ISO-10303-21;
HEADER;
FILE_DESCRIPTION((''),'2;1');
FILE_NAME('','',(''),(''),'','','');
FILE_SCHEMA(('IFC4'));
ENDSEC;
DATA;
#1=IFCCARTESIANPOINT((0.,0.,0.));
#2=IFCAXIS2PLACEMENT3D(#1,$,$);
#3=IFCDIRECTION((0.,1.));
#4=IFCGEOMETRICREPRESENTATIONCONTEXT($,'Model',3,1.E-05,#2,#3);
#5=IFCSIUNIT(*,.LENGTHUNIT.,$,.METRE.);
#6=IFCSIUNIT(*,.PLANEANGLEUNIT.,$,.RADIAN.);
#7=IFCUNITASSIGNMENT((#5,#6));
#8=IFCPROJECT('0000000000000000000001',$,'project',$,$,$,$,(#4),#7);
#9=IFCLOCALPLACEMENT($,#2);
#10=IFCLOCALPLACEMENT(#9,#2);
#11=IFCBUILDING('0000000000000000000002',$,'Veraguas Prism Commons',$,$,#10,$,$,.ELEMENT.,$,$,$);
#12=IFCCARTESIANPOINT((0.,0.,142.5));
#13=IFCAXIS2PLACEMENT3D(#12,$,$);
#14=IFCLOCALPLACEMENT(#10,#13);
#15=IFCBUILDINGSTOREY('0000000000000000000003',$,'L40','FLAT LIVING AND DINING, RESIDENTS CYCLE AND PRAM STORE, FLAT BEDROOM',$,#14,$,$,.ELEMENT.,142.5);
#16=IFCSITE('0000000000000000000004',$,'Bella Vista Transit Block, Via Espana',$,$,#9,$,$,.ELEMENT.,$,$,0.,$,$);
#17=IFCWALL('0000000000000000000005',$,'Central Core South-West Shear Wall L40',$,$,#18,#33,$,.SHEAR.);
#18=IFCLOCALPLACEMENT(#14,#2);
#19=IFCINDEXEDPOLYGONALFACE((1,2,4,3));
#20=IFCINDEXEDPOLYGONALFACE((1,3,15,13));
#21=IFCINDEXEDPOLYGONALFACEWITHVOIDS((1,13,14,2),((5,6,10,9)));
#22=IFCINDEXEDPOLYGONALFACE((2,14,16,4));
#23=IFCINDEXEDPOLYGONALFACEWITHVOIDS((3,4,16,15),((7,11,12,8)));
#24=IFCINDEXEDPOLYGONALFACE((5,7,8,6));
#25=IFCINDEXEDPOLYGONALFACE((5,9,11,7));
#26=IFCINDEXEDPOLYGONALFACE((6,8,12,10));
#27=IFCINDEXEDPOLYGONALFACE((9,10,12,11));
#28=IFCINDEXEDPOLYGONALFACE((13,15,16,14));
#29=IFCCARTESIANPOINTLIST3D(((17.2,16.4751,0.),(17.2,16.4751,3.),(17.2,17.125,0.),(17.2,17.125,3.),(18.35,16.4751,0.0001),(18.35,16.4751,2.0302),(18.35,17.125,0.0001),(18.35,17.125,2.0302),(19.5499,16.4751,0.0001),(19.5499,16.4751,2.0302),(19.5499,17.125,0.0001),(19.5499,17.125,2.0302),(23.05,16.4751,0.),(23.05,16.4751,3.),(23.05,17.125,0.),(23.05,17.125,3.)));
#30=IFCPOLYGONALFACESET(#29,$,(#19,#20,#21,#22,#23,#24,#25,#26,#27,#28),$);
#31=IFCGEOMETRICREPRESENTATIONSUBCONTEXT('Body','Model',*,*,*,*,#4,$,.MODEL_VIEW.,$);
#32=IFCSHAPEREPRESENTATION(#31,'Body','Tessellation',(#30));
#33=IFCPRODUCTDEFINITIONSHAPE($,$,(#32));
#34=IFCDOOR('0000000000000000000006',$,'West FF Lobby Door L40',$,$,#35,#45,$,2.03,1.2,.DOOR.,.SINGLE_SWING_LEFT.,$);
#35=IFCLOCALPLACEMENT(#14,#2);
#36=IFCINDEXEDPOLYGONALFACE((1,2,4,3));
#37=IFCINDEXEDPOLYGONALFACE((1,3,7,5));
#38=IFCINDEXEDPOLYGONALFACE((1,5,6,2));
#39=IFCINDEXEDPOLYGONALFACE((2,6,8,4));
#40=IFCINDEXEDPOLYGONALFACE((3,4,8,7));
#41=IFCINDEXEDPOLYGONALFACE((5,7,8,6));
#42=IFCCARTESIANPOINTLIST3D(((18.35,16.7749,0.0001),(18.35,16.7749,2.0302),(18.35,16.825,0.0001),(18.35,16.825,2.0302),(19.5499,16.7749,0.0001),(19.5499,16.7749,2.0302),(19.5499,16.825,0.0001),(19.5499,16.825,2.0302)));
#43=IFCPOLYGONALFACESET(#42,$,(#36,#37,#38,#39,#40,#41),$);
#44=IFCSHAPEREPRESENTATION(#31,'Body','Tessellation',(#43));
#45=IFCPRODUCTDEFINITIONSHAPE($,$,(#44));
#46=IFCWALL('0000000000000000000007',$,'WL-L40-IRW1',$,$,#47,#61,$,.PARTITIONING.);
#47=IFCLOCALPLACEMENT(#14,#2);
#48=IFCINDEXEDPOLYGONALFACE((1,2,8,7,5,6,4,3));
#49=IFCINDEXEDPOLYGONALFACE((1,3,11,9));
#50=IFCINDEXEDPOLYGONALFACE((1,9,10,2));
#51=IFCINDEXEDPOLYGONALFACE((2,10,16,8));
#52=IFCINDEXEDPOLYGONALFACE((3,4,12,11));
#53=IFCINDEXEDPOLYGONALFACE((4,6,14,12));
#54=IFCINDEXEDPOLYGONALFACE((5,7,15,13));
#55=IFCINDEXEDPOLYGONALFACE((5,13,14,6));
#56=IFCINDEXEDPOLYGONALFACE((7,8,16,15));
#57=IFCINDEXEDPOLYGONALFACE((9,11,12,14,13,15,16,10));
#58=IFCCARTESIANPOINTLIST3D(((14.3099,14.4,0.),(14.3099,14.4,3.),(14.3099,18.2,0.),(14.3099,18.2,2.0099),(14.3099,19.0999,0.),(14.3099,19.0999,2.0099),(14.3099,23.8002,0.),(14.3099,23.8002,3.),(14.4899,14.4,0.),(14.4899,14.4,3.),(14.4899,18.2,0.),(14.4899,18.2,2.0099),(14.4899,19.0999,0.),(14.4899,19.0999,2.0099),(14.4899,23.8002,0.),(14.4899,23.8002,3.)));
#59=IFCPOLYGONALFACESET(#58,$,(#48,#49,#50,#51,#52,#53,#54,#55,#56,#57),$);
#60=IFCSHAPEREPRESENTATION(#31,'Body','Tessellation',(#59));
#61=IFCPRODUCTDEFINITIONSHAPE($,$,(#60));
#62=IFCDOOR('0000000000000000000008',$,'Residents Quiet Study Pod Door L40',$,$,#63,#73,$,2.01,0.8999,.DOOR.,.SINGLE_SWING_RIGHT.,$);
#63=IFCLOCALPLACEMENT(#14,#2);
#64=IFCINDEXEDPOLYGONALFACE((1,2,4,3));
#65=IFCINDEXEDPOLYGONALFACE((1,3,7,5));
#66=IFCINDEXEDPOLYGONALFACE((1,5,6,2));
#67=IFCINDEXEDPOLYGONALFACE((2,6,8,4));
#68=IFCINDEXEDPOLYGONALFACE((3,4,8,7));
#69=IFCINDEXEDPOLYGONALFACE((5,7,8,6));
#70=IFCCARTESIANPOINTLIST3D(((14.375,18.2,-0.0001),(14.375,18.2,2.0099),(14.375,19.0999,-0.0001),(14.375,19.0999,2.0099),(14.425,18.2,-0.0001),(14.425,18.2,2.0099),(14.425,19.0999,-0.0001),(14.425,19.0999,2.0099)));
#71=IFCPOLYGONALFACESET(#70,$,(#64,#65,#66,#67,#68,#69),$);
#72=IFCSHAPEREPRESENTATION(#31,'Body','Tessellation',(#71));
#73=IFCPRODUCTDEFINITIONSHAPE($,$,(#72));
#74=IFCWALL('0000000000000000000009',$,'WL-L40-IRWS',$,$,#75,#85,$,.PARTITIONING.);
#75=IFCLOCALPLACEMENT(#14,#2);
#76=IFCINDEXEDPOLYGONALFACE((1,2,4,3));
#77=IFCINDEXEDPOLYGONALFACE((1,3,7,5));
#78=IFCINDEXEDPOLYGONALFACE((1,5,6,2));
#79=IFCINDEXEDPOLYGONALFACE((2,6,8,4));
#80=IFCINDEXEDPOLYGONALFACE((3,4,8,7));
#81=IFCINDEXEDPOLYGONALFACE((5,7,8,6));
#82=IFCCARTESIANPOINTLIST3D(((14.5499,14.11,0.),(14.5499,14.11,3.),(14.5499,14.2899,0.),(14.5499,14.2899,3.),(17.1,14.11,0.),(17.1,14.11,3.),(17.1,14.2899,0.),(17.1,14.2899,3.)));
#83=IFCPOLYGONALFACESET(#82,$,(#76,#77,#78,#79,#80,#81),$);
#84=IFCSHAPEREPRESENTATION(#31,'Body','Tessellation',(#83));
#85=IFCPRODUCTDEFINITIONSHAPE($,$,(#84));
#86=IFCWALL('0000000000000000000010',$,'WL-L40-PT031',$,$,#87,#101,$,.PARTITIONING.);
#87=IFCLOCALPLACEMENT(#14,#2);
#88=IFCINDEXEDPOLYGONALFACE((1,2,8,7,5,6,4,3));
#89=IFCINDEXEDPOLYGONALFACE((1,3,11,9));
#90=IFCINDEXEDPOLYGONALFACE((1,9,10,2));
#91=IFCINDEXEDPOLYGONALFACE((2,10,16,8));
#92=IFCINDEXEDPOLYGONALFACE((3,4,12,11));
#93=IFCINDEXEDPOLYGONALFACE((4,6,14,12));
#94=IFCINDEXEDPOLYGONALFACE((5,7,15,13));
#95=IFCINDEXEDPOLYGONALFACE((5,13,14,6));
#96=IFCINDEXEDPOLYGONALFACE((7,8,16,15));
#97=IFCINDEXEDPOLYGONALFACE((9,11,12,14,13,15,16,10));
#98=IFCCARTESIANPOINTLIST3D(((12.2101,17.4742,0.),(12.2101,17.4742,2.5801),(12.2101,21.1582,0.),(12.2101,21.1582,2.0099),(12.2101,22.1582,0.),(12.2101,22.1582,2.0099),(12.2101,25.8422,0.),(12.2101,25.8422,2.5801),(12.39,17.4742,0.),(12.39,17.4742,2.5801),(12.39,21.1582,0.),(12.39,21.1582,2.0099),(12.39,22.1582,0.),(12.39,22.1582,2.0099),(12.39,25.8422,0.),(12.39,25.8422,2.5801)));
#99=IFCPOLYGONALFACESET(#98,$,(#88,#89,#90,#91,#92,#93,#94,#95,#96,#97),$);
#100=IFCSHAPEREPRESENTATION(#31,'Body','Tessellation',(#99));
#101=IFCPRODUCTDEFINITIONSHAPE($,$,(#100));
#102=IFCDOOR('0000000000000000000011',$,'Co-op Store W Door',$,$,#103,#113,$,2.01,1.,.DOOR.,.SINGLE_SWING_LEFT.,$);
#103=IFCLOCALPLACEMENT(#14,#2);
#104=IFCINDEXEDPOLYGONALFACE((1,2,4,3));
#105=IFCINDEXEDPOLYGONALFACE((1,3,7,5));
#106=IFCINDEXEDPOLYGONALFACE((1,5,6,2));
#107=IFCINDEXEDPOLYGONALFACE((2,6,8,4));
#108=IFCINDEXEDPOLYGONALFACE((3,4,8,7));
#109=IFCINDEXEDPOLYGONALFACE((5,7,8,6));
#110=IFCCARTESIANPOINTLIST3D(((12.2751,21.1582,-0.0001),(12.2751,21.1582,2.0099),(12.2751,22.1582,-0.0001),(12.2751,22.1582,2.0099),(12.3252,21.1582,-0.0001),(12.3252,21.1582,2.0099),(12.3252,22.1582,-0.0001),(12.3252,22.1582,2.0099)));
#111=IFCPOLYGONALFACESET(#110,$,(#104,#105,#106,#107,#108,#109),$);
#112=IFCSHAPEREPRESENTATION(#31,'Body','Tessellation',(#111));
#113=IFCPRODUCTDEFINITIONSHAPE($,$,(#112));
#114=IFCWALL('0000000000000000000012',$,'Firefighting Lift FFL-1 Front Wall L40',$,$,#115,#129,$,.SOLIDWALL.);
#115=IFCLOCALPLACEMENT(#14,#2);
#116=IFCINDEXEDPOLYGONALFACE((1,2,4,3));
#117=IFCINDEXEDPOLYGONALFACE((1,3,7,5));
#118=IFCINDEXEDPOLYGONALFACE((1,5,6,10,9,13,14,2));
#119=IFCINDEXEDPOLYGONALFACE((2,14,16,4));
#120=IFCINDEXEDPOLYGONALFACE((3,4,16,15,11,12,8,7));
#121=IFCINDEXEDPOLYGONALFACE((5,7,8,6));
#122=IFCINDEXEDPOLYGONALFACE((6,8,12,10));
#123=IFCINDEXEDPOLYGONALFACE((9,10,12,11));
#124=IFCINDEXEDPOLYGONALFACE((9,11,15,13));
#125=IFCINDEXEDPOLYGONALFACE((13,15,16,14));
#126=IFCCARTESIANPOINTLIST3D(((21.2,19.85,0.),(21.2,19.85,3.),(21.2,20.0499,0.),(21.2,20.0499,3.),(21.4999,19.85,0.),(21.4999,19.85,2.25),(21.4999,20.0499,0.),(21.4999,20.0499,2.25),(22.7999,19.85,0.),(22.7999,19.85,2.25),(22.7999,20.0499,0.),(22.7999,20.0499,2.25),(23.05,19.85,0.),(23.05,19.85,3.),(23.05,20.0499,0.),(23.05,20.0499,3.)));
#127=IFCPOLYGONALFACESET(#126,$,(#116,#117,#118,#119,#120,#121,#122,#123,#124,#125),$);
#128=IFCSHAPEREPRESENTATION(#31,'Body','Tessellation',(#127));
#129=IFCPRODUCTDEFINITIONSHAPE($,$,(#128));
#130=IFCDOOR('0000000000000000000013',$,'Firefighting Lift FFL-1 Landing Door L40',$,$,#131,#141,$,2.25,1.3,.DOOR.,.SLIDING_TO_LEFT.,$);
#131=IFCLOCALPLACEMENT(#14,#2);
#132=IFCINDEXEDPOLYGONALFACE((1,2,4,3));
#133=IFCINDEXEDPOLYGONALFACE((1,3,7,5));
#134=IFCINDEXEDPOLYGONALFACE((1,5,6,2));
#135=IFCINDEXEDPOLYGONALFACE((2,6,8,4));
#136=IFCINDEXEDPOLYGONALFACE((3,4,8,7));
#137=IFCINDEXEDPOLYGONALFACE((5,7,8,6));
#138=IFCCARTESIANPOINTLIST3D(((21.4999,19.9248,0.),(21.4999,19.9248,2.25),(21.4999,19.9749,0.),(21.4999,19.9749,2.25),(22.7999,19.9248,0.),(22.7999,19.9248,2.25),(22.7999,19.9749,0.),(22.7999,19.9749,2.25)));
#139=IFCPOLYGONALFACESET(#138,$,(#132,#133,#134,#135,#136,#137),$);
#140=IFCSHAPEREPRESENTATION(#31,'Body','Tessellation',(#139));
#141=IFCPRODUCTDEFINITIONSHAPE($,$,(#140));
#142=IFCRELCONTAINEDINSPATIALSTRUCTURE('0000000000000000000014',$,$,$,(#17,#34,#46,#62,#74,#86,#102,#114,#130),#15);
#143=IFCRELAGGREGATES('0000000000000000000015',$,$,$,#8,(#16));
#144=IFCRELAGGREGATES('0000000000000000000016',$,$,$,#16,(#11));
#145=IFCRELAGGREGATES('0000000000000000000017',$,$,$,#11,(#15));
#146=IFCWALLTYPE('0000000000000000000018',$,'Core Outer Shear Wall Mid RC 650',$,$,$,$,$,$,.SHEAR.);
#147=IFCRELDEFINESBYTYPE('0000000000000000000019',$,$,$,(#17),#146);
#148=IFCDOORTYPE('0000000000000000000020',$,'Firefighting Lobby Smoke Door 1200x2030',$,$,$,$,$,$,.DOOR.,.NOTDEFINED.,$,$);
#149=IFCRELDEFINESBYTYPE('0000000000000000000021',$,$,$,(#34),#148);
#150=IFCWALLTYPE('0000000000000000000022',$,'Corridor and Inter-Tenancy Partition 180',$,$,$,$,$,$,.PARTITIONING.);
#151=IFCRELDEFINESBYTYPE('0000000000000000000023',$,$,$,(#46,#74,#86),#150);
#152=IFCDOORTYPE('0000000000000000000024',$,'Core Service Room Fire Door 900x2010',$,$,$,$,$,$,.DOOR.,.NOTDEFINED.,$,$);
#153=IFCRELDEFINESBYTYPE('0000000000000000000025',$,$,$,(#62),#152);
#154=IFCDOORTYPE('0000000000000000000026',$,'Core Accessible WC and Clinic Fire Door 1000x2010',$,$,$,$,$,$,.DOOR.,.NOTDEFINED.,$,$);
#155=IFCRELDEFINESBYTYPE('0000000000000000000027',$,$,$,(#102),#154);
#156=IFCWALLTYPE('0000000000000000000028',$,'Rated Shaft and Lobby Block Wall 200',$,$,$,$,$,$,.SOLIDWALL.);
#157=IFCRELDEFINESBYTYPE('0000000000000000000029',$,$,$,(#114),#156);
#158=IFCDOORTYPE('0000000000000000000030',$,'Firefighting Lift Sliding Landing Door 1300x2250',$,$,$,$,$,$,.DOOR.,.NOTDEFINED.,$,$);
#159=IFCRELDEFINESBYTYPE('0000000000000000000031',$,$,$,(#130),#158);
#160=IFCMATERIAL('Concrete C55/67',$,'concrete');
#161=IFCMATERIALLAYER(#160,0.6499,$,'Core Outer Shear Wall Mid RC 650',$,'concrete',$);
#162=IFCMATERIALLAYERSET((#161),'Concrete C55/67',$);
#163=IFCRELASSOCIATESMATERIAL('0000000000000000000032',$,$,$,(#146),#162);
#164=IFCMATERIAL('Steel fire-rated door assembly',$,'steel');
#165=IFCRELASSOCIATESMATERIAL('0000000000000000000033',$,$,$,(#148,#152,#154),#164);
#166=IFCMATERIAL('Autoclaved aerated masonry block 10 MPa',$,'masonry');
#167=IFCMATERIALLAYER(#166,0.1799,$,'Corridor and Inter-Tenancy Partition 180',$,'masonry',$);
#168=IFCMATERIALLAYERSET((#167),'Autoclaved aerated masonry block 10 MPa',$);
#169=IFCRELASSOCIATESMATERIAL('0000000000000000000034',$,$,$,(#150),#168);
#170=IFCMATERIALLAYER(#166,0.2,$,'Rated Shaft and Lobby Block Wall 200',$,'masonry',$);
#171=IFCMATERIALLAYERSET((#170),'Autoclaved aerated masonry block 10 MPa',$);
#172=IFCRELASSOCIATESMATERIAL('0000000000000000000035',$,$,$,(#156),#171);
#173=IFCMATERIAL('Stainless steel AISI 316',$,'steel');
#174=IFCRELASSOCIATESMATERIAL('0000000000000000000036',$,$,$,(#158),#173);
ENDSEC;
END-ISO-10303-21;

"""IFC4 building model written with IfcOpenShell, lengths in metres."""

from ifc_helpers import new_model, si_unit, direction, frame, frame_2d, origin, place, context, subcontext, project, spatial, rectangle, extrude, source, transform, mapped, material, layer, layer_set, type_object, element, fill, save


model = new_model("IFC4")

# Units and contexts
model_context = context("Model", 3, precision=1e-05, world=origin(), true_north=direction((0.0, 1.0)))
body_context = subcontext(model_context, "Body", "Model", "MODEL_VIEW")
ifc_project = project(units=[si_unit("LENGTHUNIT", "METRE"), si_unit("PLANEANGLEUNIT", "RADIAN")], contexts=[model_context])

# Site, building, storey
site_placement = place(None, origin())
site = spatial("IfcSite", under=ifc_project, at=site_placement, Name="Bella Vista Transit Block, Via Espana", CompositionType="ELEMENT", RefElevation=0.0)
building_placement = place(site_placement, origin())
building = spatial("IfcBuilding", under=site, at=building_placement, Name="Veraguas Prism Commons", CompositionType="ELEMENT")
storey_placement = place(building_placement, frame((0.0, 0.0, 142.5)))
storey = spatial("IfcBuildingStorey", under=building, at=storey_placement, Name="L40", Description="FLAT LIVING AND DINING, RESIDENTS CYCLE AND PRAM STORE, FLAT BEDROOM", CompositionType="ELEMENT", Elevation=142.5)

# Shared definitions
ifc_material_1 = material(Name="Steel fire-rated door assembly", Category="steel")

# Shared definitions
ifc_material_2 = material(Name="Concrete C55/67", Category="concrete")
ifc_layer_1 = layer(ifc_material_2, 0.6499, Name="Core Outer Shear Wall Mid RC 650", Category="concrete")
ifc_layer_set_1 = layer_set([ifc_layer_1], Name="Concrete C55/67")
wall_type_1 = type_object("IfcWallType", Name="Core Outer Shear Wall Mid RC 650", PredefinedType="SHEAR", material=ifc_layer_set_1)

# Walls, openings, doors
wall_1_placement = place(storey_placement, frame((17.2, 16.8, 0.0), z_axis=(0.0, 0.0, 1.0), x_axis=(1.0, 0.0, 0.0)))
wall_1 = element("IfcWall", 1, at=wall_1_placement, inside=storey, type_object=wall_type_1, Name="Central Core South-West Shear Wall L40", PredefinedType="SHEAR", context=body_context, shape_type="SweptSolid", body=[
    extrude(rectangle(XDim=5.8501, YDim=0.6499, at=frame_2d((2.925, 0.0))), origin(), (0.0, 0.0, 1.0), 3.0),
])
opening_1_placement = place(wall_1_placement, frame((1.1499, 0.0, 0.0)))
opening_1 = element("IfcOpeningElement", 2, at=opening_1_placement, cuts=wall_1, PredefinedType="OPENING", context=body_context, shape_type="SweptSolid", body=[
    extrude(rectangle(XDim=1.2, YDim=2.03, at=frame_2d((0.6001, 1.0151))), frame((0.0, 0.335, 0.0), z_axis=(0.0, -1.0, 0.0), x_axis=(1.0, 0.0, 0.0)), (0.0, 0.0, 1.0), 0.6699),
])
door_type_1 = type_object("IfcDoorType", Name="Firefighting Lobby Smoke Door 1200x2030", OperationType="NOTDEFINED", PredefinedType="DOOR", material=ifc_material_1)
shared_shape_1 = source(origin(), body_context, "Body", "SweptSolid", [
    extrude(rectangle(XDim=1.2, YDim=2.03, at=frame_2d((0.6001, 1.0151))), frame((0.0, 0.0249, 0.0), z_axis=(0.0, -1.0, 0.0), x_axis=(1.0, 0.0, 0.0)), (0.0, 0.0, 1.0), 0.05),
])
door_1_placement = place(opening_1_placement, origin())
door_1 = element("IfcDoor", 3, at=door_1_placement, inside=storey, type_object=door_type_1, Name="West FF Lobby Door L40", OperationType="SINGLE_SWING_LEFT", OverallHeight=2.03, OverallWidth=1.2, PredefinedType="DOOR", context=body_context, shape_type="MappedRepresentation", body=[
    mapped(shared_shape_1, transform((0.0, 0.0, 0.0), scale=1.0)),
])
fill(opening_1, door_1)
ifc_material_3 = material(Name="Autoclaved aerated masonry block 10 MPa", Category="masonry")
ifc_layer_2 = layer(ifc_material_3, 0.1799, Name="Corridor and Inter-Tenancy Partition 180", Category="masonry")
ifc_layer_set_2 = layer_set([ifc_layer_2], Name="Autoclaved aerated masonry block 10 MPa")
wall_type_2 = type_object("IfcWallType", Name="Corridor and Inter-Tenancy Partition 180", PredefinedType="PARTITIONING", material=ifc_layer_set_2)
wall_2_placement = place(storey_placement, frame((14.3999, 14.3999, 0.0), z_axis=(0.0, 0.0, 1.0), x_axis=(0.0, 1.0, 0.0)))
wall_2 = element("IfcWall", 4, at=wall_2_placement, inside=storey, type_object=wall_type_2, Name="WL-L40-IRW1", PredefinedType="PARTITIONING", context=body_context, shape_type="SweptSolid", body=[
    extrude(rectangle(XDim=9.4001, YDim=0.1799, at=frame_2d((4.7002, 0.0))), origin(), (0.0, 0.0, 1.0), 3.0),
])
opening_2_placement = place(wall_2_placement, frame((3.8, 0.0, 0.0)))
opening_2 = element("IfcOpeningElement", 5, at=opening_2_placement, cuts=wall_2, PredefinedType="OPENING", context=body_context, shape_type="SweptSolid", body=[
    extrude(rectangle(XDim=0.8999, YDim=2.01, at=frame_2d((0.45, 1.0049))), frame((0.0, 0.0999, 0.0), z_axis=(0.0, -1.0, 0.0), x_axis=(1.0, 0.0, 0.0)), (0.0, 0.0, 1.0), 0.2),
])
door_type_2 = type_object("IfcDoorType", Name="Core Service Room Fire Door 900x2010", OperationType="NOTDEFINED", PredefinedType="DOOR", material=ifc_material_1)
shared_shape_2 = source(origin(), body_context, "Body", "SweptSolid", [
    extrude(rectangle(XDim=0.8999, YDim=2.01, at=frame_2d((0.45, 1.0049))), frame((0.0, 0.0249, 0.0), z_axis=(0.0, -1.0, 0.0), x_axis=(1.0, 0.0, 0.0)), (0.0, 0.0, 1.0), 0.05),
])
door_2_placement = place(opening_2_placement, origin())
door_2 = element("IfcDoor", 6, at=door_2_placement, inside=storey, type_object=door_type_2, Name="Residents Quiet Study Pod Door L40", OperationType="SINGLE_SWING_RIGHT", OverallHeight=2.01, OverallWidth=0.8999, PredefinedType="DOOR", context=body_context, shape_type="MappedRepresentation", body=[
    mapped(shared_shape_2, transform((0.0, 0.0, 0.0), scale=1.0)),
])
fill(opening_2, door_2)

# Wall
wall_3_placement = place(storey_placement, frame((14.55, 14.2, 0.0), z_axis=(0.0, 0.0, 1.0), x_axis=(1.0, 0.0, 0.0)))
element("IfcWall", 7, at=wall_3_placement, inside=storey, type_object=wall_type_2, Name="WL-L40-IRWS", PredefinedType="PARTITIONING", context=body_context, shape_type="SweptSolid", body=[
    extrude(rectangle(XDim=2.55, YDim=0.1799, at=frame_2d((1.2749, 0.0))), origin(), (0.0, 0.0, 1.0), 3.0),
])

# Walls, openings, doors
wall_4_placement = place(storey_placement, frame((12.3, 17.4741, 0.0), z_axis=(0.0, 0.0, 1.0), x_axis=(0.0, 1.0, 0.0)))
wall_4 = element("IfcWall", 8, at=wall_4_placement, inside=storey, type_object=wall_type_2, Name="WL-L40-PT031", PredefinedType="PARTITIONING", context=body_context, shape_type="SweptSolid", body=[
    extrude(rectangle(XDim=8.3679, YDim=0.1799, at=frame_2d((4.1841, 0.0))), origin(), (0.0, 0.0, 1.0), 2.5801),
])
opening_3_placement = place(wall_4_placement, frame((3.6841, 0.0, 0.0)))
opening_3 = element("IfcOpeningElement", 9, at=opening_3_placement, cuts=wall_4, PredefinedType="OPENING", context=body_context, shape_type="SweptSolid", body=[
    extrude(rectangle(XDim=1.0, YDim=2.01, at=frame_2d((0.5, 1.0049))), frame((0.0, 0.0999, 0.0), z_axis=(0.0, -1.0, 0.0), x_axis=(1.0, 0.0, 0.0)), (0.0, 0.0, 1.0), 0.2),
])
door_type_3 = type_object("IfcDoorType", Name="Core Accessible WC and Clinic Fire Door 1000x2010", OperationType="NOTDEFINED", PredefinedType="DOOR", material=ifc_material_1)
shared_shape_3 = source(origin(), body_context, "Body", "SweptSolid", [
    extrude(rectangle(XDim=1.0, YDim=2.01, at=frame_2d((0.5, 1.0049))), frame((0.0, 0.0249, 0.0), z_axis=(0.0, -1.0, 0.0), x_axis=(1.0, 0.0, 0.0)), (0.0, 0.0, 1.0), 0.05),
])
door_3_placement = place(opening_3_placement, origin())
door_3 = element("IfcDoor", 10, at=door_3_placement, inside=storey, type_object=door_type_3, Name="Co-op Store W Door", OperationType="SINGLE_SWING_LEFT", OverallHeight=2.01, OverallWidth=1.0, PredefinedType="DOOR", context=body_context, shape_type="MappedRepresentation", body=[
    mapped(shared_shape_3, transform((0.0, 0.0, 0.0), scale=1.0)),
])
fill(opening_3, door_3)
ifc_layer_3 = layer(ifc_material_3, 0.2, Name="Rated Shaft and Lobby Block Wall 200", Category="masonry")
ifc_layer_set_3 = layer_set([ifc_layer_3], Name="Autoclaved aerated masonry block 10 MPa")
wall_type_3 = type_object("IfcWallType", Name="Rated Shaft and Lobby Block Wall 200", PredefinedType="SOLIDWALL", material=ifc_layer_set_3)
wall_5_placement = place(storey_placement, frame((21.2, 19.95, 0.0), z_axis=(0.0, 0.0, 1.0), x_axis=(1.0, 0.0, 0.0)))
wall_5 = element("IfcWall", 11, at=wall_5_placement, inside=storey, type_object=wall_type_3, Name="Firefighting Lift FFL-1 Front Wall L40", PredefinedType="SOLIDWALL", context=body_context, shape_type="SweptSolid", body=[
    extrude(rectangle(XDim=1.8501, YDim=0.2, at=frame_2d((0.925, 0.0))), origin(), (0.0, 0.0, 1.0), 3.0),
])
opening_4_placement = place(wall_5_placement, frame((0.3, 0.0, 0.0)))
opening_4 = element("IfcOpeningElement", 12, at=opening_4_placement, cuts=wall_5, PredefinedType="OPENING", context=body_context, shape_type="SweptSolid", body=[
    extrude(rectangle(XDim=1.3, YDim=2.25, at=frame_2d((0.6499, 1.125))), frame((0.0, 0.1099, 0.0), z_axis=(0.0, -1.0, 0.0), x_axis=(1.0, 0.0, 0.0)), (0.0, 0.0, 1.0), 0.22),
])
ifc_material_4 = material(Name="Stainless steel AISI 316", Category="steel")
door_type_4 = type_object("IfcDoorType", Name="Firefighting Lift Sliding Landing Door 1300x2250", OperationType="NOTDEFINED", PredefinedType="DOOR", material=ifc_material_4)
shared_shape_4 = source(origin(), body_context, "Body", "SweptSolid", [
    extrude(rectangle(XDim=1.3, YDim=2.25, at=frame_2d((0.6499, 1.125))), frame((0.0, 0.0249, 0.0), z_axis=(0.0, -1.0, 0.0), x_axis=(1.0, 0.0, 0.0)), (0.0, 0.0, 1.0), 0.05),
])
door_4_placement = place(opening_4_placement, origin())
door_4 = element("IfcDoor", 13, at=door_4_placement, inside=storey, type_object=door_type_4, Name="Firefighting Lift FFL-1 Landing Door L40", OperationType="SLIDING_TO_LEFT", OverallHeight=2.25, OverallWidth=1.3, PredefinedType="DOOR", context=body_context, shape_type="MappedRepresentation", body=[
    mapped(shared_shape_4, transform((0.0, 0.0, 0.0), scale=1.0)),
])
fill(opening_4, door_4)

save(model, "model.ifc")
